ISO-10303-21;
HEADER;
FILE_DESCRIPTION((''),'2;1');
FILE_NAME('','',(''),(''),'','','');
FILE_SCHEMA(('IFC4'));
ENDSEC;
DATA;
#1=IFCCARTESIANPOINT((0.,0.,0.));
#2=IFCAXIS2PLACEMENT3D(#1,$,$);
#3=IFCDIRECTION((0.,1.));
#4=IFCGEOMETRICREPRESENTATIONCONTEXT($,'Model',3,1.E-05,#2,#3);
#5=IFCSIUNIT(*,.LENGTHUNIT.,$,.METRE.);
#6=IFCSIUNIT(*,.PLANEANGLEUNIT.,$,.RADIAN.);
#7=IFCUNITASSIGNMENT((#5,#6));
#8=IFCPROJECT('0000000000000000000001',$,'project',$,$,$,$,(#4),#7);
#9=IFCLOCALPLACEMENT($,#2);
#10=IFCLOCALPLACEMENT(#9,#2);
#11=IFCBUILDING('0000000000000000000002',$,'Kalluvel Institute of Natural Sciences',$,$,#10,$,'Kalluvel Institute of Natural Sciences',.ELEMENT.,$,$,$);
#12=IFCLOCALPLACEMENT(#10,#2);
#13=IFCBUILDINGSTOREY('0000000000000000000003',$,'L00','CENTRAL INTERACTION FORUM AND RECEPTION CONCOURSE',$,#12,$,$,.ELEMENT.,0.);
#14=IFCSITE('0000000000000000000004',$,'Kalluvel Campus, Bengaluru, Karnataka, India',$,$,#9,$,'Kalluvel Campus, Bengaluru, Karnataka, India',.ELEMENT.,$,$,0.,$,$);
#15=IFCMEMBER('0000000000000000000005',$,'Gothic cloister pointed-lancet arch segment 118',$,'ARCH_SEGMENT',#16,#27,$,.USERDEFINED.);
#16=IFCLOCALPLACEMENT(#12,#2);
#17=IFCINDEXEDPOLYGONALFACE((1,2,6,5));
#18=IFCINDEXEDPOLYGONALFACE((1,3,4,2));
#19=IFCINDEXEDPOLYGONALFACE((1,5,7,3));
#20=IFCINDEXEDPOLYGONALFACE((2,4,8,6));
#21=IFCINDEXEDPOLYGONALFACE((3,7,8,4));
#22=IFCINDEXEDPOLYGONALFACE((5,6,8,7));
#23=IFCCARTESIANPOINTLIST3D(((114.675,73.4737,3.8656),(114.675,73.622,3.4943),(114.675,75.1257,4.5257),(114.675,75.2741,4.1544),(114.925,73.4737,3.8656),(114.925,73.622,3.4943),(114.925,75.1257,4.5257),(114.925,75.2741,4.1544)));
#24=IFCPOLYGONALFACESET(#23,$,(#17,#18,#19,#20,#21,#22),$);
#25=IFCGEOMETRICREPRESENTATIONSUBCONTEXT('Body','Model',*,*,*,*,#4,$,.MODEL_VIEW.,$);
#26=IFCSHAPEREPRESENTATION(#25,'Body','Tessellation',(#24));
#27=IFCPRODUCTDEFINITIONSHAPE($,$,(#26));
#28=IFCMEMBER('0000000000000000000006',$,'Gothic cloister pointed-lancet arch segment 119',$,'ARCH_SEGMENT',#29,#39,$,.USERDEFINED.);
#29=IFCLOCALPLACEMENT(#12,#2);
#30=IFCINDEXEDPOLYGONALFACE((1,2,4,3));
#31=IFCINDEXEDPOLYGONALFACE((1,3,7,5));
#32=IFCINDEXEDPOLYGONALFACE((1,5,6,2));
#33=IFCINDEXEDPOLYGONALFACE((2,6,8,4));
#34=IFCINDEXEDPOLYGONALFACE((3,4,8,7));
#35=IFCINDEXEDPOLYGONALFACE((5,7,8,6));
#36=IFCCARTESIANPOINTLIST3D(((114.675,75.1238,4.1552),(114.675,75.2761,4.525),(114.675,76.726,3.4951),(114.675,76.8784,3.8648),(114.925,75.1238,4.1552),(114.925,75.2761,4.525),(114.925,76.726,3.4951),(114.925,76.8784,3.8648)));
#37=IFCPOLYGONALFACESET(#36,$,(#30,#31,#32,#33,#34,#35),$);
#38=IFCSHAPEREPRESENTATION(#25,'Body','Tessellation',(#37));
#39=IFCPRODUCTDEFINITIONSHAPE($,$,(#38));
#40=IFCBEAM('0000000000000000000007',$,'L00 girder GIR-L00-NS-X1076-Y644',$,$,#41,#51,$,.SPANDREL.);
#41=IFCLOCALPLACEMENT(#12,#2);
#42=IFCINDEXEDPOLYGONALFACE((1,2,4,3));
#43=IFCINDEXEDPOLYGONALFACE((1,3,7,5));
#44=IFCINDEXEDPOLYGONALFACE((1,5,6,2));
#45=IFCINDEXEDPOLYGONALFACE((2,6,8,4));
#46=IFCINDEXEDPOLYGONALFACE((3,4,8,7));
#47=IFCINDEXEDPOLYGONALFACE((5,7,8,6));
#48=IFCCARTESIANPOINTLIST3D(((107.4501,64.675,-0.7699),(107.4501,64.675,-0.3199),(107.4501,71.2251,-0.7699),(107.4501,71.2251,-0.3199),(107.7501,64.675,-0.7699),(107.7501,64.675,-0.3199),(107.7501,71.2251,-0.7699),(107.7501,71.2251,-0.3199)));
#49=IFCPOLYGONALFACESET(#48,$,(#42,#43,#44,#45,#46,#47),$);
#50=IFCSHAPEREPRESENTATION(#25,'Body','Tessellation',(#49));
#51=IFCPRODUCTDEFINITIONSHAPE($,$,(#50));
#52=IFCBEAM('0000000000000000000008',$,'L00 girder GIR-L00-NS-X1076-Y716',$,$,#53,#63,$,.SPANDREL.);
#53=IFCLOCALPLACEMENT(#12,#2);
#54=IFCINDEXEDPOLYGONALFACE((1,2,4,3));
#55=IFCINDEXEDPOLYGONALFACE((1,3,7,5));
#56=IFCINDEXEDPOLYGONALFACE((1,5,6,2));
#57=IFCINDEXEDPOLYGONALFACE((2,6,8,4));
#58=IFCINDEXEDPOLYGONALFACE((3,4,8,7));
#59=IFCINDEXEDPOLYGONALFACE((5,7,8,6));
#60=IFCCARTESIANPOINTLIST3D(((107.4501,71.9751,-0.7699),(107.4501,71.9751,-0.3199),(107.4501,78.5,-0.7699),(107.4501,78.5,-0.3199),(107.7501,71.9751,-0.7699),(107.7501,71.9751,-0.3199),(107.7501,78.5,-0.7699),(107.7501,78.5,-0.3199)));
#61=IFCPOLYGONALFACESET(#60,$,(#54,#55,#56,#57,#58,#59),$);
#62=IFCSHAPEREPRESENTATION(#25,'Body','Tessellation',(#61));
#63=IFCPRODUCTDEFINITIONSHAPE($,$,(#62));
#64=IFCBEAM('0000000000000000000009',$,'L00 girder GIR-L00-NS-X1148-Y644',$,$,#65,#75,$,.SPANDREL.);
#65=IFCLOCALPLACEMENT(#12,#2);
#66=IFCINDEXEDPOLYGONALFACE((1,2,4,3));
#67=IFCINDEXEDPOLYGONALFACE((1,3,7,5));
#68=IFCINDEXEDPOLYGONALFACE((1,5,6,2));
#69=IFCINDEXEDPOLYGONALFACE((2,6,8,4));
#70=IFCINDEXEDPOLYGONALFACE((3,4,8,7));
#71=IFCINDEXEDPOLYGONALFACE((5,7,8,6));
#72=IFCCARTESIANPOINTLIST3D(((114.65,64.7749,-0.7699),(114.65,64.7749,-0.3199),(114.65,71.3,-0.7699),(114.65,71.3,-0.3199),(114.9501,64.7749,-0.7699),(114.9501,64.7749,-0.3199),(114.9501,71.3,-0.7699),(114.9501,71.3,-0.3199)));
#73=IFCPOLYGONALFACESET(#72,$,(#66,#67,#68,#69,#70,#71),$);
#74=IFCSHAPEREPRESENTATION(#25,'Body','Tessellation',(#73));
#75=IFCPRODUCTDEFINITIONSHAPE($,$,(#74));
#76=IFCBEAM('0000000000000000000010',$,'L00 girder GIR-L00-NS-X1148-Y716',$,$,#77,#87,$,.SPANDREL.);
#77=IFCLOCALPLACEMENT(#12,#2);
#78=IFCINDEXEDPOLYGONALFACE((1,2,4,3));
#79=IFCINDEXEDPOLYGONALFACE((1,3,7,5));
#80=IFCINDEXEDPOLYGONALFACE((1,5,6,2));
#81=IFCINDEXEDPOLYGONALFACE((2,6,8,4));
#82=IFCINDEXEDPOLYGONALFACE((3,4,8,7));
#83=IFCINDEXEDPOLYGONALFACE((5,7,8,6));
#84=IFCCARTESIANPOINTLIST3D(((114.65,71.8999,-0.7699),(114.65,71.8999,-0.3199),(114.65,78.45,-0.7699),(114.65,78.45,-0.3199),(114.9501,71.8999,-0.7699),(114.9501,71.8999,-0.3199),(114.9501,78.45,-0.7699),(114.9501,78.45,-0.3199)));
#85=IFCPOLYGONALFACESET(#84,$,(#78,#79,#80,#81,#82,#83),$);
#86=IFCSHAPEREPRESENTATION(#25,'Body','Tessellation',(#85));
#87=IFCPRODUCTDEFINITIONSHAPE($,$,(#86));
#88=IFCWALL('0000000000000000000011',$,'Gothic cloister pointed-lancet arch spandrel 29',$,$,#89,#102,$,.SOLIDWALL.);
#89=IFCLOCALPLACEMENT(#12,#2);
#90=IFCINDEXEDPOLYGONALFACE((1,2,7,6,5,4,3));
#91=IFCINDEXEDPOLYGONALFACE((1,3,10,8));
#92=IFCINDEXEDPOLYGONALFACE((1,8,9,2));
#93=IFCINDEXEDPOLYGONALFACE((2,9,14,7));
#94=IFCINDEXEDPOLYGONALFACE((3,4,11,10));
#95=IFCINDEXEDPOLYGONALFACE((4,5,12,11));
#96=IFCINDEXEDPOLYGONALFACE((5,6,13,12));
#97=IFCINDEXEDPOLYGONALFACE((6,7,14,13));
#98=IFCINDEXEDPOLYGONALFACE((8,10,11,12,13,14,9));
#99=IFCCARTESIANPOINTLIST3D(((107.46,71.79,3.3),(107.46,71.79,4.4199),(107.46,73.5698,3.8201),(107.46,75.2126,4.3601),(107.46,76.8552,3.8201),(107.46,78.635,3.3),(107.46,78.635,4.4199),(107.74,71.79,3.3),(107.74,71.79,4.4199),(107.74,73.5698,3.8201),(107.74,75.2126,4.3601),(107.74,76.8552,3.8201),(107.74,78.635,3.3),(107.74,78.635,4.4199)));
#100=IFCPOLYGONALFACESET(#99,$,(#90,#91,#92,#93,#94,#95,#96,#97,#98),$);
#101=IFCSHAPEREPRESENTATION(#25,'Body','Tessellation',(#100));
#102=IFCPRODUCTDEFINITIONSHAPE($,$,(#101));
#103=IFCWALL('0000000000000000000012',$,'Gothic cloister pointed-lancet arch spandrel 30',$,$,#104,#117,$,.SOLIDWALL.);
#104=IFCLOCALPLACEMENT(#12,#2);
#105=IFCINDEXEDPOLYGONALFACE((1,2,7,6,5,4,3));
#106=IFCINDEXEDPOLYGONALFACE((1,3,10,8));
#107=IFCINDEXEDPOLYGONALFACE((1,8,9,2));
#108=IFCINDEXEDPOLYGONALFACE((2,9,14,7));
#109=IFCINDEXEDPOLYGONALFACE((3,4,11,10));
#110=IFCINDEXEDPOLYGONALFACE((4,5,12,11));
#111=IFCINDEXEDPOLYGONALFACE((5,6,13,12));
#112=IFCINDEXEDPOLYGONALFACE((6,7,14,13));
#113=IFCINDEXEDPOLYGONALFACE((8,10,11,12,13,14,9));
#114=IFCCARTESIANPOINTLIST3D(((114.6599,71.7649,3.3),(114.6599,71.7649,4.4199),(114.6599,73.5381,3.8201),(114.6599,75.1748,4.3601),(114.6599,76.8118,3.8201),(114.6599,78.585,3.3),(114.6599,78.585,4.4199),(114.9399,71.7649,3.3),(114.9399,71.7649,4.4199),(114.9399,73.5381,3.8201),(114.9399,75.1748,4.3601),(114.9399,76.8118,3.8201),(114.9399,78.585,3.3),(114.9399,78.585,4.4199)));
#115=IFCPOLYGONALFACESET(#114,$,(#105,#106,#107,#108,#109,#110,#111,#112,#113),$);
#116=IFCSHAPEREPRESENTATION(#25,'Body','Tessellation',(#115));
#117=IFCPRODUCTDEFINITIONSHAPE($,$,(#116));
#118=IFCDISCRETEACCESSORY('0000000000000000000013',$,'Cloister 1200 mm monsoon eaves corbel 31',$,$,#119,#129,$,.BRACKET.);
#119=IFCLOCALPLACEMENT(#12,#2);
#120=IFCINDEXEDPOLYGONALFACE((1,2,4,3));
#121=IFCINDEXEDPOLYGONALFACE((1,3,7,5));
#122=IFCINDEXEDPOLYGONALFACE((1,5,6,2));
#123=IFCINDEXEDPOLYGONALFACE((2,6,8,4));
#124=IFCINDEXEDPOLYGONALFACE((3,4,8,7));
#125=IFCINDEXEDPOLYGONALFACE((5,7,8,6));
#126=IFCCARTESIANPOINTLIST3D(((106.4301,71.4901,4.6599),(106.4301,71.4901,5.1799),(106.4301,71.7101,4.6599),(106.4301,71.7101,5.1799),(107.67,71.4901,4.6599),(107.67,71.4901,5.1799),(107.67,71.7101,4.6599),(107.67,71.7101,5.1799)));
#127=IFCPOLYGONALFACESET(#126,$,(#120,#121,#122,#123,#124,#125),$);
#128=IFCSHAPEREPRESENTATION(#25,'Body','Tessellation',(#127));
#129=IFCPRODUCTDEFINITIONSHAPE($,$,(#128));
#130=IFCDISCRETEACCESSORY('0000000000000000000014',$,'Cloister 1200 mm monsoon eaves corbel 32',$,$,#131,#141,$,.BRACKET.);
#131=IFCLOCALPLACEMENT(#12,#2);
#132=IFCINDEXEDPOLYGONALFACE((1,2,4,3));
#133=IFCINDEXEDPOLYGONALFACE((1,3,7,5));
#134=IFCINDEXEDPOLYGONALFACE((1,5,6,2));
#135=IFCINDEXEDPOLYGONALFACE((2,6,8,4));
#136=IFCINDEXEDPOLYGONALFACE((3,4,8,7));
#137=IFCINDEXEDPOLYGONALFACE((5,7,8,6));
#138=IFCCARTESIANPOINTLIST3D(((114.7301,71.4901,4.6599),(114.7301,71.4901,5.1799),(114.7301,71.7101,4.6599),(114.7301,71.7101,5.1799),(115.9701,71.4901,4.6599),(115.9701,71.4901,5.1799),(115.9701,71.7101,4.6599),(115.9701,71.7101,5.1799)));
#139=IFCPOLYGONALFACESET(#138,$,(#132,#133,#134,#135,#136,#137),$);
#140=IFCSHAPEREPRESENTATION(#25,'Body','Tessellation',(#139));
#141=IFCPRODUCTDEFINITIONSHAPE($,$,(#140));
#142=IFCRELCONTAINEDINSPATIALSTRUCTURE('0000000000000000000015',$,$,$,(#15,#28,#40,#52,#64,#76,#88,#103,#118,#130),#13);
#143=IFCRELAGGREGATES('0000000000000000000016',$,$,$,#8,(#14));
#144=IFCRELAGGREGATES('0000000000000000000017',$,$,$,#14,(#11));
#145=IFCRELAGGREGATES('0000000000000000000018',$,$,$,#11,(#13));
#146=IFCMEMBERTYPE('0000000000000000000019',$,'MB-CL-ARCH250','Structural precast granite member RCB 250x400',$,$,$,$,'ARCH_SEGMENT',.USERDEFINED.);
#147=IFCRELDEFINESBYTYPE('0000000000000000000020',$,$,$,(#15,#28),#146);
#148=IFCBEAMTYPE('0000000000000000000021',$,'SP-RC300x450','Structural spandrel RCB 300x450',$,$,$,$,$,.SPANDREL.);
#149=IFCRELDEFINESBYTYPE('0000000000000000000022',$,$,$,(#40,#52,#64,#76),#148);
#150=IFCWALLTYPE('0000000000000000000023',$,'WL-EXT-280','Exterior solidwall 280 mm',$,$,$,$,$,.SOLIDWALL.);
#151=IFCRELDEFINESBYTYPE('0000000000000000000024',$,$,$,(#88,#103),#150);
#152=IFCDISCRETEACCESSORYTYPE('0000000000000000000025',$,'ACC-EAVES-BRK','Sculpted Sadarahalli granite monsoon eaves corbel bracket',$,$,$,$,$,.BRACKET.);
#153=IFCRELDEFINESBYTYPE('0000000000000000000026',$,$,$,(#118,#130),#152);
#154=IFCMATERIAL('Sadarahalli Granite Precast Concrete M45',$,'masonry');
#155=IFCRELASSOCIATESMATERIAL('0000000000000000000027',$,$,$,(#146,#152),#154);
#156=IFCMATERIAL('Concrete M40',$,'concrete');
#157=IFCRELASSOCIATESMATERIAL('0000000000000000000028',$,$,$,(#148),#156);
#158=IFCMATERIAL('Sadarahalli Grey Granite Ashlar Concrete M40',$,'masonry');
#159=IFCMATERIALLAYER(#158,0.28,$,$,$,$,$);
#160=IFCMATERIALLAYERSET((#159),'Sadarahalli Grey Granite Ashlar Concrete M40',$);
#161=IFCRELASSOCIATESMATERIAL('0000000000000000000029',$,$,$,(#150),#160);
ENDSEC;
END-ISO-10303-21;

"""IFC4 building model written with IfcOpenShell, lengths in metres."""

from ifc_helpers import new_model, si_unit, direction, frame, origin, origin_2d, place, context, subcontext, project, spatial, polyline, rectangle, outline, extrude, material, layer, layer_set, material_profile, profile_set, type_object, element, save


model = new_model("IFC4")

# Units and contexts
model_context = context("Model", 3, precision=1e-05, world=origin(), true_north=direction((0.0, 1.0)))
body_context = subcontext(model_context, "Body", "Model", "MODEL_VIEW")
ifc_project = project(units=[si_unit("LENGTHUNIT", "METRE"), si_unit("PLANEANGLEUNIT", "RADIAN")], contexts=[model_context])

# Site, building, storey
site_placement = place(None, origin())
site = spatial("IfcSite", under=ifc_project, at=site_placement, Name="Kalluvel Campus, Bengaluru, Karnataka, India", LongName="Kalluvel Campus, Bengaluru, Karnataka, India", CompositionType="ELEMENT", RefElevation=0.0)
building_placement = place(site_placement, origin())
building = spatial("IfcBuilding", under=site, at=building_placement, Name="Kalluvel Institute of Natural Sciences", LongName="Kalluvel Institute of Natural Sciences", CompositionType="ELEMENT")
storey_placement = place(building_placement, origin())
storey = spatial("IfcBuildingStorey", under=building, at=storey_placement, Name="L00", Description="CENTRAL INTERACTION FORUM AND RECEPTION CONCOURSE", CompositionType="ELEMENT", Elevation=0.0)

# Shared definitions
ifc_material_1 = material(Name="Concrete M40", Category="concrete")

# Members
ifc_material_2 = material(Name="Sadarahalli Granite Precast Concrete M45", Category="masonry")
ifc_material_profile_1 = material_profile(ifc_material_2, rectangle(XDim=0.25, YDim=0.3999, at=origin_2d()), Name="RCB 250x400")
ifc_profile_set_1 = profile_set([ifc_material_profile_1], Name="Sadarahalli Granite Precast Concrete M45")
member_type = type_object("IfcMemberType", Name="MB-CL-ARCH250", Description="Structural precast granite member RCB 250x400", ElementType="ARCH_SEGMENT", PredefinedType="USERDEFINED", material=ifc_profile_set_1)
member_1_placement = place(storey_placement, frame((114.8, 73.5479, 3.6799), z_axis=(0.0, 0.928609, 0.371059), x_axis=(-1.0, 0.0, 0.0)))
element("IfcMember", 1, at=member_1_placement, inside=storey, type_object=member_type, Name="Gothic cloister pointed-lancet arch segment 118", ObjectType="ARCH_SEGMENT", PredefinedType="USERDEFINED", context=body_context, shape_type="SweptSolid", body=[
    extrude(rectangle(XDim=0.25, YDim=0.3999, at=origin_2d()), origin(), (0.0, 0.0, 1.0), 1.7791),
])
member_2_placement = place(storey_placement, frame((114.8, 75.2, 4.3401), z_axis=(0.0, 0.924599, -0.380941), x_axis=(-1.0, 0.0, 0.0)))
element("IfcMember", 2, at=member_2_placement, inside=storey, type_object=member_type, Name="Gothic cloister pointed-lancet arch segment 119", ObjectType="ARCH_SEGMENT", PredefinedType="USERDEFINED", context=body_context, shape_type="SweptSolid", body=[
    extrude(rectangle(XDim=0.25, YDim=0.3999, at=origin_2d()), origin(), (0.0, 0.0, 1.0), 1.7329),
])

# Beams
ifc_material_profile_2 = material_profile(ifc_material_1, rectangle(XDim=0.3, YDim=0.45, at=origin_2d()), Name="RCB 300x450")
ifc_profile_set_2 = profile_set([ifc_material_profile_2], Name="Concrete M40")
beam_type_1 = type_object("IfcBeamType", Name="SP-RC300x450", Description="Structural spandrel RCB 300x450", PredefinedType="SPANDREL", material=ifc_profile_set_2)
beam_1_placement = place(storey_placement, frame((107.6001, 64.675, -0.5449), z_axis=(0.0, 1.0, 0.0), x_axis=(-1.0, 0.0, 0.0)))
element("IfcBeam", 3, at=beam_1_placement, inside=storey, type_object=beam_type_1, Name="L00 girder GIR-L00-NS-X1076-Y644", PredefinedType="SPANDREL", context=body_context, shape_type="SweptSolid", body=[
    extrude(rectangle(XDim=0.3, YDim=0.45, at=origin_2d()), origin(), (0.0, 0.0, 1.0), 6.55),
])
beam_2_placement = place(storey_placement, frame((107.6001, 71.9751, -0.5449), z_axis=(0.0, 1.0, 0.0), x_axis=(-1.0, 0.0, 0.0)))
element("IfcBeam", 4, at=beam_2_placement, inside=storey, type_object=beam_type_1, Name="L00 girder GIR-L00-NS-X1076-Y716", PredefinedType="SPANDREL", context=body_context, shape_type="SweptSolid", body=[
    extrude(rectangle(XDim=0.3, YDim=0.45, at=origin_2d()), origin(), (0.0, 0.0, 1.0), 6.5249),
])
beam_3_placement = place(storey_placement, frame((114.8, 64.7749, -0.5449), z_axis=(0.0, 1.0, 0.0), x_axis=(-1.0, 0.0, 0.0)))
element("IfcBeam", 5, at=beam_3_placement, inside=storey, type_object=beam_type_1, Name="L00 girder GIR-L00-NS-X1148-Y644", PredefinedType="SPANDREL", context=body_context, shape_type="SweptSolid", body=[
    extrude(rectangle(XDim=0.3, YDim=0.45, at=origin_2d()), origin(), (0.0, 0.0, 1.0), 6.5251),
])
beam_4_placement = place(storey_placement, frame((114.8, 71.8999, -0.5449), z_axis=(0.0, 1.0, 0.0), x_axis=(-1.0, 0.0, 0.0)))
element("IfcBeam", 6, at=beam_4_placement, inside=storey, type_object=beam_type_1, Name="L00 girder GIR-L00-NS-X1148-Y716", PredefinedType="SPANDREL", context=body_context, shape_type="SweptSolid", body=[
    extrude(rectangle(XDim=0.3, YDim=0.45, at=origin_2d()), origin(), (0.0, 0.0, 1.0), 6.55),
])

# Walls
ifc_material_3 = material(Name="Sadarahalli Grey Granite Ashlar Concrete M40", Category="masonry")
ifc_layer = layer(ifc_material_3, 0.28)
ifc_layer_set = layer_set([ifc_layer], Name="Sadarahalli Grey Granite Ashlar Concrete M40")
wall_type = type_object("IfcWallType", Name="WL-EXT-280", Description="Exterior solidwall 280 mm", PredefinedType="SOLIDWALL", material=ifc_layer_set)
wall_1_placement = place(storey_placement, frame((107.6001, 71.79, 3.3), z_axis=(0.0, 0.0, 1.0), x_axis=(0.0, 1.0, 0.0)))
element("IfcWall", 7, at=wall_1_placement, inside=storey, type_object=wall_type, Name="Gothic cloister pointed-lancet arch spandrel 29", PredefinedType="SOLIDWALL", context=body_context, shape_type="SweptSolid", body=[
    extrude(outline(polyline([(0.0, 0.0), (1.7798, 0.52), (3.4226, 1.0601), (5.0652, 0.52), (6.845, 0.0), (6.845, 1.1199), (0.0, 1.1199), (0.0, 0.0)])), frame((0.0, 0.1401, 0.0), z_axis=(0.0, -1.0, 0.0), x_axis=(1.0, 0.0, 0.0)), (0.0, 0.0, 1.0), 0.28),
])
wall_2_placement = place(storey_placement, frame((114.8, 71.7649, 3.3), z_axis=(0.0, 0.0, 1.0), x_axis=(0.0, 1.0, 0.0)))
element("IfcWall", 8, at=wall_2_placement, inside=storey, type_object=wall_type, Name="Gothic cloister pointed-lancet arch spandrel 30", PredefinedType="SOLIDWALL", context=body_context, shape_type="SweptSolid", body=[
    extrude(outline(polyline([(0.0, 0.0), (1.7732, 0.52), (3.4099, 1.0601), (5.0469, 0.52), (6.8201, 0.0), (6.8201, 1.1199), (0.0, 1.1199), (0.0, 0.0)])), frame((0.0, 0.1401, 0.0), z_axis=(0.0, -1.0, 0.0), x_axis=(1.0, 0.0, 0.0)), (0.0, 0.0, 1.0), 0.28),
])

# Discrete accessories
discrete_accessory_type = type_object("IfcDiscreteAccessoryType", Name="ACC-EAVES-BRK", Description="Sculpted Sadarahalli granite monsoon eaves corbel bracket", PredefinedType="BRACKET", material=ifc_material_2)
for number, where, z_axis, x_axis, name in (
    (9, (107.05, 71.6001, 4.6599), (0.0, 0.0, 1.0), (1.0, 0.0, 0.0), "Cloister 1200 mm monsoon eaves corbel 31"),
    (10, (115.3501, 71.6001, 4.6599), (0.0, 0.0, 1.0), (1.0, 0.0, 0.0), "Cloister 1200 mm monsoon eaves corbel 32"),
):
    element("IfcDiscreteAccessory", number, at=place(storey_placement, frame(where, z_axis=z_axis, x_axis=x_axis)), inside=storey, type_object=discrete_accessory_type, Name=name, PredefinedType="BRACKET", context=body_context, shape_type="SweptSolid", body=[
        extrude(rectangle(XDim=1.24, YDim=0.22, at=origin_2d()), origin(), (0.0, 0.0, 1.0), 0.52),
    ])

save(model, "model.ifc")
